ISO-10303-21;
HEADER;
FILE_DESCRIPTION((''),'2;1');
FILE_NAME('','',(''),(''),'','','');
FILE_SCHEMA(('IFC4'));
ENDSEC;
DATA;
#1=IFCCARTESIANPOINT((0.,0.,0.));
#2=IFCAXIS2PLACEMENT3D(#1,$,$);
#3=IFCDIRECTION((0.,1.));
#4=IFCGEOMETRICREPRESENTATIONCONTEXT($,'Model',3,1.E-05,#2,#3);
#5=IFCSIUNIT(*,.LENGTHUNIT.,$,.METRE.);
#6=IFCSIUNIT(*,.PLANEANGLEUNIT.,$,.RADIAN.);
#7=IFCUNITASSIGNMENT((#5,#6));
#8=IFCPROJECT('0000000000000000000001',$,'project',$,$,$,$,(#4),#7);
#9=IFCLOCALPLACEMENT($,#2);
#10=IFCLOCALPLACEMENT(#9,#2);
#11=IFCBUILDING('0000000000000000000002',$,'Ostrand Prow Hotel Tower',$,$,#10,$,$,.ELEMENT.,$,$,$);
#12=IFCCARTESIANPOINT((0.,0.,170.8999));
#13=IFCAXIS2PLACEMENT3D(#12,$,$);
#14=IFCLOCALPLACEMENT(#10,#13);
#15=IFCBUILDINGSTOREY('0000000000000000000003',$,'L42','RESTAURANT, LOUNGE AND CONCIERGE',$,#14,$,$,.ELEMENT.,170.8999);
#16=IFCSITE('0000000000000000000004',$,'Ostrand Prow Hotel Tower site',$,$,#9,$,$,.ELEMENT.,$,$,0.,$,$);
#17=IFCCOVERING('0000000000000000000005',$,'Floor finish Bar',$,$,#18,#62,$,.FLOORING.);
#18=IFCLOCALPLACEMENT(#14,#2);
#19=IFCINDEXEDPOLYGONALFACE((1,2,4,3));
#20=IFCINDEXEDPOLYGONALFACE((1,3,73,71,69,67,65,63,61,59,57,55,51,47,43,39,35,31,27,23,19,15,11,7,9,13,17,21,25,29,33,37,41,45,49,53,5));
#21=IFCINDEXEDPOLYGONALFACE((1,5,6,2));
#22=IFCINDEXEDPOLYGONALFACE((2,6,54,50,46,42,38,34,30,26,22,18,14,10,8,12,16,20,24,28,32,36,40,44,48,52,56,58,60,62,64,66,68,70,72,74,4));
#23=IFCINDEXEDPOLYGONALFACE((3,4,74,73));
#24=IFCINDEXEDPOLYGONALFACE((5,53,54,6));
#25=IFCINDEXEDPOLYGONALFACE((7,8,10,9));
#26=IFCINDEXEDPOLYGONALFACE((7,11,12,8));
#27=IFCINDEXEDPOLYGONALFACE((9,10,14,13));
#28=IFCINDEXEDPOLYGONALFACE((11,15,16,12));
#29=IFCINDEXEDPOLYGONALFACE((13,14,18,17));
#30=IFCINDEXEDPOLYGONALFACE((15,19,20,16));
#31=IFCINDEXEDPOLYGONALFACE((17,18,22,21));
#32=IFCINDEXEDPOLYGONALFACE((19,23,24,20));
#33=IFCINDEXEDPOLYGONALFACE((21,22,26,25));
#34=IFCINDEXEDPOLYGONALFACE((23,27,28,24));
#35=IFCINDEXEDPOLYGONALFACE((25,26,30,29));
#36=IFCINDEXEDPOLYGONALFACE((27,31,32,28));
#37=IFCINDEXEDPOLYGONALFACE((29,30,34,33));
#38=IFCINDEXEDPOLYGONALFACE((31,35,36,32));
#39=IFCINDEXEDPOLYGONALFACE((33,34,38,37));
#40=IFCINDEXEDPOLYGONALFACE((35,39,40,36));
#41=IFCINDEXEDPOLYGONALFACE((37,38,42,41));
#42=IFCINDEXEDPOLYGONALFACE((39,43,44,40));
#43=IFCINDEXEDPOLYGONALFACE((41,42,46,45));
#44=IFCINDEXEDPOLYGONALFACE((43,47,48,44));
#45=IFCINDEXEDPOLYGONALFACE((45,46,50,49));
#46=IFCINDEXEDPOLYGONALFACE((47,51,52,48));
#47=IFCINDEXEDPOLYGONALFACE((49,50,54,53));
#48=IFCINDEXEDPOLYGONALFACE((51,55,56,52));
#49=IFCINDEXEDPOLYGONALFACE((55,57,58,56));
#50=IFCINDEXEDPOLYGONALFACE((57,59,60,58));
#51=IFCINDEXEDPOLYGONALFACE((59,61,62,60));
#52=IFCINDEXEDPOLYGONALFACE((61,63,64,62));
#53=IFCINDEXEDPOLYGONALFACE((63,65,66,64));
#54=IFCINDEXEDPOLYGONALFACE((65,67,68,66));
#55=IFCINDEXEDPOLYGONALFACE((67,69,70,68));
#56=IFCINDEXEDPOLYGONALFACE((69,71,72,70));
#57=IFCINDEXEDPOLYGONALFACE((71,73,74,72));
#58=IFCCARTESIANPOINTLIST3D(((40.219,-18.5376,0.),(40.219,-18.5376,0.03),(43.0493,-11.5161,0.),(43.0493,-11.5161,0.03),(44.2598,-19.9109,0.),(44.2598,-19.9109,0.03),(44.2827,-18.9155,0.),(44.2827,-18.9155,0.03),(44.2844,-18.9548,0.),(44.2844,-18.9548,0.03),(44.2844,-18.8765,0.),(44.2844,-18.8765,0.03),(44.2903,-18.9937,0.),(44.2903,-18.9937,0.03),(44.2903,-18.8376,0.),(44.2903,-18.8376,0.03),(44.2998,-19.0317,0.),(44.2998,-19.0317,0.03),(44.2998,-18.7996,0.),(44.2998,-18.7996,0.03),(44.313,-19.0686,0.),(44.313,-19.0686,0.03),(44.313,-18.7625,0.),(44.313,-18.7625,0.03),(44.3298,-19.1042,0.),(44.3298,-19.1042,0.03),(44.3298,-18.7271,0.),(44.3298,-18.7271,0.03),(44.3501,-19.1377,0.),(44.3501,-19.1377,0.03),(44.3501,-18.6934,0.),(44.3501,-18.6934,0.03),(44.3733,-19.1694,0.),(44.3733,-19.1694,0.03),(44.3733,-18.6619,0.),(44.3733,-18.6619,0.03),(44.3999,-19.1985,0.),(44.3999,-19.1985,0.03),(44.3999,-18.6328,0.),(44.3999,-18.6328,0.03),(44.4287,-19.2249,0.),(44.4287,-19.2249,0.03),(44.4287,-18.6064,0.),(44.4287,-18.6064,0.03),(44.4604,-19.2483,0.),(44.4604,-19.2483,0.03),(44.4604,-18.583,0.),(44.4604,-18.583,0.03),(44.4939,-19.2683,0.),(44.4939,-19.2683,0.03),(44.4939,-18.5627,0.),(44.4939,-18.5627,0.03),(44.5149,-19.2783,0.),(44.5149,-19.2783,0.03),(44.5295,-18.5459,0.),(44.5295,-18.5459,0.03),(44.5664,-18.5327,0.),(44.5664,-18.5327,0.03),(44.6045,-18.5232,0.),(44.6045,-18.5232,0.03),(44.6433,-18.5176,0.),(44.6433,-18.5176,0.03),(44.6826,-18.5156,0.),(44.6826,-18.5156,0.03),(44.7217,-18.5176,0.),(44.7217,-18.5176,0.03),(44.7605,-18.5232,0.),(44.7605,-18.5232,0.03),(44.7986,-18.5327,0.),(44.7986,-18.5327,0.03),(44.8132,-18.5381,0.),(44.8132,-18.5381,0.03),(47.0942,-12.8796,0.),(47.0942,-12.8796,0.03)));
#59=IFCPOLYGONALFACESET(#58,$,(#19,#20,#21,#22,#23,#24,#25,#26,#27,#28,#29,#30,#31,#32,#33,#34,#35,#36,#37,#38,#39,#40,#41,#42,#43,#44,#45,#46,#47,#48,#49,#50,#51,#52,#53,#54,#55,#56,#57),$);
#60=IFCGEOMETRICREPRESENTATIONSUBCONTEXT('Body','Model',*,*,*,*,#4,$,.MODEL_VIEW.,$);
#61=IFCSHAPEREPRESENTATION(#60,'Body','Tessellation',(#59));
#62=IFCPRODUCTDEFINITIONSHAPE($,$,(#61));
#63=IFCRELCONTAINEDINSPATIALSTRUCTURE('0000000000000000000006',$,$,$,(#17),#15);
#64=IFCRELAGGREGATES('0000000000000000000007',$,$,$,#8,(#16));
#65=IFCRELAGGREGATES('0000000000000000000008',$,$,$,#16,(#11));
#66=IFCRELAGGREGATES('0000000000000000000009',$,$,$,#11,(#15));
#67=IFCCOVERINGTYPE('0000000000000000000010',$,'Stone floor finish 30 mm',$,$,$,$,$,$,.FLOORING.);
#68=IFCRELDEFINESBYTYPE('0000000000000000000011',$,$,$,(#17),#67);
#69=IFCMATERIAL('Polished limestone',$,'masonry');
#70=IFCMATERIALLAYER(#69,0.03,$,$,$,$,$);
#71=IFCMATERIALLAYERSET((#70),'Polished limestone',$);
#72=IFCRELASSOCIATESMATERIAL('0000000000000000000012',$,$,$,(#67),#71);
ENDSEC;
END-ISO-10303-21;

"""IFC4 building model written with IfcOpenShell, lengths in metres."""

from ifc_helpers import new_model, si_unit, direction, frame, origin, place, context, subcontext, project, spatial, polyline, outline, extrude, material, layer, layer_set, type_object, element, save


model = new_model("IFC4")

# Units and contexts
model_context = context("Model", 3, precision=1e-05, world=origin(), true_north=direction((0.0, 1.0)))
body_context = subcontext(model_context, "Body", "Model", "MODEL_VIEW")
ifc_project = project(units=[si_unit("LENGTHUNIT", "METRE"), si_unit("PLANEANGLEUNIT", "RADIAN")], contexts=[model_context])

# Site, building, storey
site_placement = place(None, origin())
site = spatial("IfcSite", under=ifc_project, at=site_placement, Name="Ostrand Prow Hotel Tower site", CompositionType="ELEMENT", RefElevation=0.0)
building_placement = place(site_placement, origin())
building = spatial("IfcBuilding", under=site, at=building_placement, Name="Ostrand Prow Hotel Tower", CompositionType="ELEMENT")
storey_placement = place(building_placement, frame((0.0, 0.0, 170.8999)))
storey = spatial("IfcBuildingStorey", under=building, at=storey_placement, Name="L42", Description="RESTAURANT, LOUNGE AND CONCIERGE", CompositionType="ELEMENT", Elevation=170.8999)

# Covering
ifc_material_1 = material(Name="Polished limestone", Category="masonry")
ifc_layer_1 = layer(ifc_material_1, 0.03)
ifc_layer_set_1 = layer_set([ifc_layer_1], Name="Polished limestone")
covering_type_1 = type_object("IfcCoveringType", Name="Stone floor finish 30 mm", PredefinedType="FLOORING", material=ifc_layer_set_1)
covering_1_placement = place(storey_placement, origin())
element("IfcCovering", 1, at=covering_1_placement, inside=storey, type_object=covering_type_1, Name="Floor finish Bar", PredefinedType="FLOORING", context=body_context, shape_type="SweptSolid", body=[
    extrude(outline(polyline([(40.219, -18.5376), (44.2598, -19.9109), (44.5149, -19.2783), (44.4939, -19.2683), (44.4604, -19.2483), (44.4287, -19.2249), (44.3999, -19.1985), (44.3733, -19.1694), (44.3501, -19.1377), (44.3298, -19.1042), (44.313, -19.0686), (44.2998, -19.0317), (44.2903, -18.9937), (44.2844, -18.9548), (44.2827, -18.9155), (44.2844, -18.8765), (44.2903, -18.8376), (44.2998, -18.7996), (44.313, -18.7625), (44.3298, -18.7271), (44.3501, -18.6934), (44.3733, -18.6619), (44.3999, -18.6328), (44.4287, -18.6064), (44.4604, -18.583), (44.4939, -18.5627), (44.5295, -18.5459), (44.5664, -18.5327), (44.6045, -18.5232), (44.6433, -18.5176), (44.6826, -18.5156), (44.7217, -18.5176), (44.7605, -18.5232), (44.7986, -18.5327), (44.8132, -18.5381), (47.0942, -12.8796), (43.0493, -11.5161), (40.219, -18.5376)])), origin(), (0.0, 0.0, 1.0), 0.03),
])

save(model, "model.ifc")
